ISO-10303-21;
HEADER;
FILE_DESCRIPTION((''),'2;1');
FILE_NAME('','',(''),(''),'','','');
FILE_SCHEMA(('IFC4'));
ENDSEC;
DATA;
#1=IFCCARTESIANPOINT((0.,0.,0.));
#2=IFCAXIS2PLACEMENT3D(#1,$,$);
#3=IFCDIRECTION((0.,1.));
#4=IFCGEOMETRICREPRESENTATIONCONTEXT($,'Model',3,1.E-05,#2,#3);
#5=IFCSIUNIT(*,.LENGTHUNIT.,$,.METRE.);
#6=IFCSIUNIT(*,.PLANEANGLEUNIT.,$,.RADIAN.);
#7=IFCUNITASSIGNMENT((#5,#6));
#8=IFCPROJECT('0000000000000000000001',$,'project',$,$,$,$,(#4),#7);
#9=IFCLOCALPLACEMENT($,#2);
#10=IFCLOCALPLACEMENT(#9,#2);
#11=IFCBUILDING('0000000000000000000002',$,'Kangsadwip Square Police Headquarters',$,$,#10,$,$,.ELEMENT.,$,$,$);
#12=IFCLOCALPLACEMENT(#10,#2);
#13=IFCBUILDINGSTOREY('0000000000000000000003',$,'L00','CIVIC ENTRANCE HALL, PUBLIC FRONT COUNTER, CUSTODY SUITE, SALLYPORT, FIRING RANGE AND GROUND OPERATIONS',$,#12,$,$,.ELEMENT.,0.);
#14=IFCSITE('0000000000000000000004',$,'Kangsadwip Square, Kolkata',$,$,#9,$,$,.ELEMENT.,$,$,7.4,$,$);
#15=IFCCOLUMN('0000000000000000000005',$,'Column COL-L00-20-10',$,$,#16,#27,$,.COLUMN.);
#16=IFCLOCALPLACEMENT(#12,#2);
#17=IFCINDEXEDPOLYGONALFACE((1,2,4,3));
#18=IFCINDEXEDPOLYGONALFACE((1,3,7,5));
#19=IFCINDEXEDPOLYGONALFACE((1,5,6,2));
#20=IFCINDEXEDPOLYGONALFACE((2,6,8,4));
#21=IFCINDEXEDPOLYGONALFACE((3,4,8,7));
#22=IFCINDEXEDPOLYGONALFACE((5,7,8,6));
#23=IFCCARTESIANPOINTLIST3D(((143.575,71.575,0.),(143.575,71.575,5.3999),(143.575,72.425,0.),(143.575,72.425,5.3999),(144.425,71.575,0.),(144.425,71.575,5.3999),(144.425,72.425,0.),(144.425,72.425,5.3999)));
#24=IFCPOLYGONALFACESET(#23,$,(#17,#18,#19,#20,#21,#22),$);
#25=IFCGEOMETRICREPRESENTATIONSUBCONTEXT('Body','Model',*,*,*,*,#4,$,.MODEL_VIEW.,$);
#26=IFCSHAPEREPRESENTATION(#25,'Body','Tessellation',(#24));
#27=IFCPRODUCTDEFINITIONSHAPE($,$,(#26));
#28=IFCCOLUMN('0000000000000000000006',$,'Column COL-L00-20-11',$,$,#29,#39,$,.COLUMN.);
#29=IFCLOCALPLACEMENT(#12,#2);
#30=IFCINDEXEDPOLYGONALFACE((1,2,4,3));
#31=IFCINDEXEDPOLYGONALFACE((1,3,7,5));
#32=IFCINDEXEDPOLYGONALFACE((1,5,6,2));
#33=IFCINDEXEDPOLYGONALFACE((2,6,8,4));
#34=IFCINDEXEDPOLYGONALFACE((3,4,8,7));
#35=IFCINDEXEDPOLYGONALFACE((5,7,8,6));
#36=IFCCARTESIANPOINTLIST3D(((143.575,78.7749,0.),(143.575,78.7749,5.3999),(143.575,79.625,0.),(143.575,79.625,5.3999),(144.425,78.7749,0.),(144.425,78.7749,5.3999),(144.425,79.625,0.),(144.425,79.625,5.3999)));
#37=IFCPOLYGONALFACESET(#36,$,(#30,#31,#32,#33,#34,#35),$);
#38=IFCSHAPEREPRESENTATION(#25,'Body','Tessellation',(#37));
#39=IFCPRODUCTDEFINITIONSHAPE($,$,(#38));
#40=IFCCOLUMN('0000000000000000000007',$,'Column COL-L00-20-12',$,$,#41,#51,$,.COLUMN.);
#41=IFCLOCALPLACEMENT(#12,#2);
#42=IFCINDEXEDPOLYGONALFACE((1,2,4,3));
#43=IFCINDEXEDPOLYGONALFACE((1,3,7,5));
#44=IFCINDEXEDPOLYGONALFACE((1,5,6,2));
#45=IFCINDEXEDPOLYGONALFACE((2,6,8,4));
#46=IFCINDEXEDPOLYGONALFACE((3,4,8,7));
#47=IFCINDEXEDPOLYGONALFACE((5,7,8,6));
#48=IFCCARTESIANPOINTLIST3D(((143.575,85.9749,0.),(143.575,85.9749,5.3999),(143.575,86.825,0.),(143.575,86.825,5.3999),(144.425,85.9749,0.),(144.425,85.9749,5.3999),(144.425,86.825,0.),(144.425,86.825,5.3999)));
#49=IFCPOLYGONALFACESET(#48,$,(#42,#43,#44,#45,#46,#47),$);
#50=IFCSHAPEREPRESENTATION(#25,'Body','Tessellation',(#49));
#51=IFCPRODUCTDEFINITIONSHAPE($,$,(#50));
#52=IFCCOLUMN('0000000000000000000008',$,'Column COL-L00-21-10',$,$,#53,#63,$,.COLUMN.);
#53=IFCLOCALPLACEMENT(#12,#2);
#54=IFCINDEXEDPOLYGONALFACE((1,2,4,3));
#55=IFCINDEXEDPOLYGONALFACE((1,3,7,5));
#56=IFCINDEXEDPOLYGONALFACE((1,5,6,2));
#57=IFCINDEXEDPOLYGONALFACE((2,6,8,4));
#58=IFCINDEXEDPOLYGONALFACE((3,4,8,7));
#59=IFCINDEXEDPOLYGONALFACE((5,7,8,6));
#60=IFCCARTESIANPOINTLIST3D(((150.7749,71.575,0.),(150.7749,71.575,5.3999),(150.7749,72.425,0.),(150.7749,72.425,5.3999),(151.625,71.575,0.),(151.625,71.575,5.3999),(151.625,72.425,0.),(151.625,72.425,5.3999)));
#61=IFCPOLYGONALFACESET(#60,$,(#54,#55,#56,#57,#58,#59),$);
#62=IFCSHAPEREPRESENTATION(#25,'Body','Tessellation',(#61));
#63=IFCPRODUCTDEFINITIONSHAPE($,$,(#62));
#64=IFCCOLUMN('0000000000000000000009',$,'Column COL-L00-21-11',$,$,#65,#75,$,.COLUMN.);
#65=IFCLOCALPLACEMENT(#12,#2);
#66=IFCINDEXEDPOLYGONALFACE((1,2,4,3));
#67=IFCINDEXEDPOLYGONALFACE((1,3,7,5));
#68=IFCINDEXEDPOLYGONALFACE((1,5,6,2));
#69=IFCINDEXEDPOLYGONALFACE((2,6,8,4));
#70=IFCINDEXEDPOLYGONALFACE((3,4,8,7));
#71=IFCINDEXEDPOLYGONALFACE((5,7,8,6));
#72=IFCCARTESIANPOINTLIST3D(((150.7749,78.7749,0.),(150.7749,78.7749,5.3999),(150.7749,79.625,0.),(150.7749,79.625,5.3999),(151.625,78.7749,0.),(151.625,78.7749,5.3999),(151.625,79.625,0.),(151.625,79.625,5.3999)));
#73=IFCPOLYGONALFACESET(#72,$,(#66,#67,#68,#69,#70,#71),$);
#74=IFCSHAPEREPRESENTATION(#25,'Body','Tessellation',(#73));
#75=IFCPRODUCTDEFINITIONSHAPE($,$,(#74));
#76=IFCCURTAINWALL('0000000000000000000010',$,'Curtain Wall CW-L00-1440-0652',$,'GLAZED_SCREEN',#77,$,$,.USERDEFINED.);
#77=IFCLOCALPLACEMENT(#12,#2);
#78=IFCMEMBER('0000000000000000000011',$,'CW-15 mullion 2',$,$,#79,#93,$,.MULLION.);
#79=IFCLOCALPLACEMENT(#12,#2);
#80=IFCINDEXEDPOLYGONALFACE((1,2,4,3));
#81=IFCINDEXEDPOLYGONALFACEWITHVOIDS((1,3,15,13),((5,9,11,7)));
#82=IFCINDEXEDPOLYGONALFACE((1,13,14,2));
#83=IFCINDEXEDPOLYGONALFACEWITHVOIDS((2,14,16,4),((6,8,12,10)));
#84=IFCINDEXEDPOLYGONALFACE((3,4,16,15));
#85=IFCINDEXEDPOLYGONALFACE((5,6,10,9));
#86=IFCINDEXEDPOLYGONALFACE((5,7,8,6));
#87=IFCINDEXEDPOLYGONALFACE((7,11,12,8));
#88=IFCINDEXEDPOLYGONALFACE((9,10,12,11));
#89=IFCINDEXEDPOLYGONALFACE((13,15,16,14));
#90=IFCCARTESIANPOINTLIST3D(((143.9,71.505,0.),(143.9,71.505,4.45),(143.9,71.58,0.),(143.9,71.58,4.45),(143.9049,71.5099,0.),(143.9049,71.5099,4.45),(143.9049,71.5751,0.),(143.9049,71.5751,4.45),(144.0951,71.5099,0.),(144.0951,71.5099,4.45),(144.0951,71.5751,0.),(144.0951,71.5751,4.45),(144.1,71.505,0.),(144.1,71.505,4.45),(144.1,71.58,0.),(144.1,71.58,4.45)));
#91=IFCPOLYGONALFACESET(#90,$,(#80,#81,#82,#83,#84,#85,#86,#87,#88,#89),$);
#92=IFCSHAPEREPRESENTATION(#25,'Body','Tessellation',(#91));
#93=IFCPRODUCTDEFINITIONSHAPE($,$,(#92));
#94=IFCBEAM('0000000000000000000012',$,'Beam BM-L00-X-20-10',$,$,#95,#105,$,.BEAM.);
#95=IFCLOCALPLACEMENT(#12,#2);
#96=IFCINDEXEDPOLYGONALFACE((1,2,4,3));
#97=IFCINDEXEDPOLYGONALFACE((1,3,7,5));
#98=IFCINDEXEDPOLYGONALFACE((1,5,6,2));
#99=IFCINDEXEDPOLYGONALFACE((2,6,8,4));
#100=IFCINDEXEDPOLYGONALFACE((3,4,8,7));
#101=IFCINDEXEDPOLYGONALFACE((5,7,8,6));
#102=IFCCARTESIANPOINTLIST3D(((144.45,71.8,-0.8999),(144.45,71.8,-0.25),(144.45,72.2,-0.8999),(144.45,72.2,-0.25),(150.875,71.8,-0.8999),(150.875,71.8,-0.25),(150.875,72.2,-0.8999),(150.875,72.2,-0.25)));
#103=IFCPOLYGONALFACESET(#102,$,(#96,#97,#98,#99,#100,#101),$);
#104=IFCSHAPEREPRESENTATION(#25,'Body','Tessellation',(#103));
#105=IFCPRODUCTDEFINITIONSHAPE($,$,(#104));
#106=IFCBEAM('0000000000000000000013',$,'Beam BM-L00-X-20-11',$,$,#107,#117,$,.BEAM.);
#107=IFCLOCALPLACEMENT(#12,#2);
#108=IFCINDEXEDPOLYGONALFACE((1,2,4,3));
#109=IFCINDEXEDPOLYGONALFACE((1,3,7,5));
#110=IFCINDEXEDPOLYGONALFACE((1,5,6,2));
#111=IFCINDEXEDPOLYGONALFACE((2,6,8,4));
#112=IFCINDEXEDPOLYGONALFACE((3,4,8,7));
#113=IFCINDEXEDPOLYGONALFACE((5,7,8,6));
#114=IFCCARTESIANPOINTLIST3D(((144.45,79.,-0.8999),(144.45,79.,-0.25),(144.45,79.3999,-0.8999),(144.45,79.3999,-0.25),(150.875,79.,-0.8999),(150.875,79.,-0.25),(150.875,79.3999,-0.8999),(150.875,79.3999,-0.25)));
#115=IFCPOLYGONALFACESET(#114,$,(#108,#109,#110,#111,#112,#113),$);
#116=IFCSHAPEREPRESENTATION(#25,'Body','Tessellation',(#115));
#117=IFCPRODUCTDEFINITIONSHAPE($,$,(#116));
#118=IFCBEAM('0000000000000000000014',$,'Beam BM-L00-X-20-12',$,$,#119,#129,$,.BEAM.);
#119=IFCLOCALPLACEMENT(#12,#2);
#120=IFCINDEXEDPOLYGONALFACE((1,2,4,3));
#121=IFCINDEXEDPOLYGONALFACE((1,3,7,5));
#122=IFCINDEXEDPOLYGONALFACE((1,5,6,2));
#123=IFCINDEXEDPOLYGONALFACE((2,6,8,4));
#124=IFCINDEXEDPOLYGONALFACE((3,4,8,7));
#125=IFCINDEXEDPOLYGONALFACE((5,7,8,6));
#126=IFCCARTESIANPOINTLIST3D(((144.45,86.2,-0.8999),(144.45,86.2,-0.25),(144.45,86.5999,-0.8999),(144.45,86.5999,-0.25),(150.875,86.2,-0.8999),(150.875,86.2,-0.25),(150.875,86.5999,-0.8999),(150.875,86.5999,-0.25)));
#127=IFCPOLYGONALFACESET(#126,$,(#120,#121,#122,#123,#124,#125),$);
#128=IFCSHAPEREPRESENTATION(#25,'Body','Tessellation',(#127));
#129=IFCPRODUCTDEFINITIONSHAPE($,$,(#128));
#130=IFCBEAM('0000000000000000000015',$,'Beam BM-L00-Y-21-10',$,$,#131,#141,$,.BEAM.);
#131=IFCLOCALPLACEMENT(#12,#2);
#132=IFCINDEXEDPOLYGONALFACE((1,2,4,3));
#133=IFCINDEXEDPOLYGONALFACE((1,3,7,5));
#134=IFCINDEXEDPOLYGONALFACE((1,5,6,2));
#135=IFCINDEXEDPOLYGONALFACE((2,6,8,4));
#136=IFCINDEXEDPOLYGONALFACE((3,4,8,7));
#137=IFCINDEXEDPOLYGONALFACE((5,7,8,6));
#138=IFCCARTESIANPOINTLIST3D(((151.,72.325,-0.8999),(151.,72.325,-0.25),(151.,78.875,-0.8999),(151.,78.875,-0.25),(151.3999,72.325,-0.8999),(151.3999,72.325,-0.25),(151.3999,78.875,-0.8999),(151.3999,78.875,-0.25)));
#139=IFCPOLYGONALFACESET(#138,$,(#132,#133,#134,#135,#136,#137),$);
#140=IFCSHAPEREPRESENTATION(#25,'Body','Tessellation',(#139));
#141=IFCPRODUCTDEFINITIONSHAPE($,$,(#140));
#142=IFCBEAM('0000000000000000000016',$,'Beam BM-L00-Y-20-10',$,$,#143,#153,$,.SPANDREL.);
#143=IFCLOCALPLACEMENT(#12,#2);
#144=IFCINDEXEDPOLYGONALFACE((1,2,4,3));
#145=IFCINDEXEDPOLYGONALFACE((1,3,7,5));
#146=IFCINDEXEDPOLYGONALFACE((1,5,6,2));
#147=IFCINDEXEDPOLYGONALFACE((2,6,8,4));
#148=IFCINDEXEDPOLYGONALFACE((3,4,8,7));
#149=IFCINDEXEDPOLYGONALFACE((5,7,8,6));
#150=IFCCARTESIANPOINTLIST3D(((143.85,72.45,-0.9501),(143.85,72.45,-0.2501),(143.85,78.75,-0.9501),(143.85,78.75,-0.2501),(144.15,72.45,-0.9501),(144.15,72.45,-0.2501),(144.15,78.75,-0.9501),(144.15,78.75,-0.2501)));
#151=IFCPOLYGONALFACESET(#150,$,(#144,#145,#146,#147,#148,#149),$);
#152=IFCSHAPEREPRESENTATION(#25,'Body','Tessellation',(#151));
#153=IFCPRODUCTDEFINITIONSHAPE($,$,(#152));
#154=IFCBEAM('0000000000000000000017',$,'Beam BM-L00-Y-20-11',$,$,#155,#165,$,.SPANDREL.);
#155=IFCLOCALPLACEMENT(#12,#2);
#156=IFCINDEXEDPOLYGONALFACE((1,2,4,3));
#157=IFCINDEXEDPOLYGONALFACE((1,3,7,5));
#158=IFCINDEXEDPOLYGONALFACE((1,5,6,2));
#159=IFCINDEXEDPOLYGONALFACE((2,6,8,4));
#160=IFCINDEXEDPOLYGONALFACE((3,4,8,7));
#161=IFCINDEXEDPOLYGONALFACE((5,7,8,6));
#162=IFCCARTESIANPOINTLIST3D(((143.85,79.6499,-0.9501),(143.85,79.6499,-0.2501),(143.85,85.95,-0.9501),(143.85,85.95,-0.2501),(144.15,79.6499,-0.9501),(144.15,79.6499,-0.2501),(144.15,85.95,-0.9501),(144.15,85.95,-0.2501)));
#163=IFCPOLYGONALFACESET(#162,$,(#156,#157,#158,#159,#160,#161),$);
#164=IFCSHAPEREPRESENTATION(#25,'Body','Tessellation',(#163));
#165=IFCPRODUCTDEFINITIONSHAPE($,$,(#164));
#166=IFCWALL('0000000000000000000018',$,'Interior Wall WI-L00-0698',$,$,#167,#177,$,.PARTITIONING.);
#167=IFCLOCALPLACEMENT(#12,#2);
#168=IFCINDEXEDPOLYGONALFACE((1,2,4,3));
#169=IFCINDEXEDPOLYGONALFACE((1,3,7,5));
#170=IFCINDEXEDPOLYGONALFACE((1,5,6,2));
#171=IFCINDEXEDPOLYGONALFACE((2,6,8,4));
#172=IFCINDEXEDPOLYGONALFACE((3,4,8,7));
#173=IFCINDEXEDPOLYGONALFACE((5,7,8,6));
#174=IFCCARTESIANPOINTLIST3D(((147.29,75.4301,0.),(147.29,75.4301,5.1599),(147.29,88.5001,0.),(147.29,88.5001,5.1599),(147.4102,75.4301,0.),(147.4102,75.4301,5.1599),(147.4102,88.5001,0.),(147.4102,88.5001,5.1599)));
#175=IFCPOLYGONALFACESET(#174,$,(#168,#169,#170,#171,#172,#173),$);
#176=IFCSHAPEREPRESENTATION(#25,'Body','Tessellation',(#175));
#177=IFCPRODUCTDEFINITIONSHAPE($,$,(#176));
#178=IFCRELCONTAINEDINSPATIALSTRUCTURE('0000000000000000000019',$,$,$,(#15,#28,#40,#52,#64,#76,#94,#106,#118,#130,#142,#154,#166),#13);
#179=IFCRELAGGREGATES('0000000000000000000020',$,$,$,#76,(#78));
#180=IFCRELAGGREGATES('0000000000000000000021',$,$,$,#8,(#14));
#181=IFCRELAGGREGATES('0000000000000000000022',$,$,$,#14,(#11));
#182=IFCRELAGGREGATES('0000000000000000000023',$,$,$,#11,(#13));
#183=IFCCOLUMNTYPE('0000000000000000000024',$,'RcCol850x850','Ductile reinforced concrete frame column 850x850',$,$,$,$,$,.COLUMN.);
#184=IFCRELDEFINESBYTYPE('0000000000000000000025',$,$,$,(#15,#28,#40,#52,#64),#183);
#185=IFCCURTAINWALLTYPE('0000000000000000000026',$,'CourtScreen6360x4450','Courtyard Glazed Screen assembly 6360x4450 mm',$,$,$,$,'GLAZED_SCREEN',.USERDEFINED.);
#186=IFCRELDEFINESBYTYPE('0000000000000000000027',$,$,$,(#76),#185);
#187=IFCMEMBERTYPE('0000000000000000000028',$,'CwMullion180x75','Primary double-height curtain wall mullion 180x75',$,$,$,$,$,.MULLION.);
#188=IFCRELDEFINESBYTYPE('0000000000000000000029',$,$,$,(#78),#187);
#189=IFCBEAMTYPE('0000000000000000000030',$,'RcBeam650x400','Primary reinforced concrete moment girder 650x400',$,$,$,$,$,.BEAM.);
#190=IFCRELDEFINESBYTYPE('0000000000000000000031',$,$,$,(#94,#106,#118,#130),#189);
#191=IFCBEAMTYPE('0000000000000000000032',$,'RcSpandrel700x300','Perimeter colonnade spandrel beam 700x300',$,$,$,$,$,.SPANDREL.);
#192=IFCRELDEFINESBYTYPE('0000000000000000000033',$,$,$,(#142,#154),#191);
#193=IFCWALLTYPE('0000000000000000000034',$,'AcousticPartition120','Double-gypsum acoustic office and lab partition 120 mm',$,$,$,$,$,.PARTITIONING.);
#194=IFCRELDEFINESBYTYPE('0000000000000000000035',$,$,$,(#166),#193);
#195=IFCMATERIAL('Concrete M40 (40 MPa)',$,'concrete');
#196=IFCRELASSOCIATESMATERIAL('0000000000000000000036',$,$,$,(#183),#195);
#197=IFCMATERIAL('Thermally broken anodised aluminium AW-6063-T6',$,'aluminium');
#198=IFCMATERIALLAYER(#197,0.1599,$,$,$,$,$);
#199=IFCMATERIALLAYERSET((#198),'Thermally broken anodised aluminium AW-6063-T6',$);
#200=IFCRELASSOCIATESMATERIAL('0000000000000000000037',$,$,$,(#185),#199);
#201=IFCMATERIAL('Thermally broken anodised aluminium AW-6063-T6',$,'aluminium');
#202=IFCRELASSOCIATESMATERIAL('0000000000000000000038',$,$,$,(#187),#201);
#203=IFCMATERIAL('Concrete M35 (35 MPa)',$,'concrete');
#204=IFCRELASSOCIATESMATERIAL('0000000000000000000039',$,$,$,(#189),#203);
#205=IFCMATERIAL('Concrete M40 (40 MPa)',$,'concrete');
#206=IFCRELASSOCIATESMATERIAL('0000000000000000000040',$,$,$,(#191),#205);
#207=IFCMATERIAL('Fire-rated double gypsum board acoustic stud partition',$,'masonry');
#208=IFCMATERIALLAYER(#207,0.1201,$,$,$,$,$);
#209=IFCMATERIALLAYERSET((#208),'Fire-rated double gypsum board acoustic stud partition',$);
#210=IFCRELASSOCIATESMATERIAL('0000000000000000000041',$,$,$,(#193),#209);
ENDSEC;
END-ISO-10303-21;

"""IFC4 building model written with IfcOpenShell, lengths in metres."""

from ifc_helpers import new_model, si_unit, direction, frame, frame_2d, origin, origin_2d, place, context, subcontext, project, spatial, rectangle, hollow_rectangle, extrude, material, layer, layer_set, material_profile, profile_set, type_object, element, aggregate, save


model = new_model("IFC4")

# Units and contexts
model_context = context("Model", 3, precision=1e-05, world=origin(), true_north=direction((0.0, 1.0)))
body_context = subcontext(model_context, "Body", "Model", "MODEL_VIEW")
ifc_project = project(units=[si_unit("LENGTHUNIT", "METRE"), si_unit("PLANEANGLEUNIT", "RADIAN")], contexts=[model_context])

# Site, building, storey
site_placement = place(None, origin())
site = spatial("IfcSite", under=ifc_project, at=site_placement, Name="Kangsadwip Square, Kolkata", CompositionType="ELEMENT", RefElevation=7.4)
building_placement = place(site_placement, origin())
building = spatial("IfcBuilding", under=site, at=building_placement, Name="Kangsadwip Square Police Headquarters", CompositionType="ELEMENT")
storey_placement = place(building_placement, origin())
storey = spatial("IfcBuildingStorey", under=building, at=storey_placement, Name="L00", Description="CIVIC ENTRANCE HALL, PUBLIC FRONT COUNTER, CUSTODY SUITE, SALLYPORT, FIRING RANGE AND GROUND OPERATIONS", CompositionType="ELEMENT", Elevation=0.0)

# Columns
ifc_material_1 = material(Name="Concrete M40 (40 MPa)", Category="concrete")
ifc_material_profile_1 = material_profile(ifc_material_1, rectangle(XDim=0.8501, YDim=0.8501, at=origin_2d()), Name="RC COL 850X850")
ifc_profile_set_1 = profile_set([ifc_material_profile_1], Name="Concrete M40 (40 MPa)")
column_type = type_object("IfcColumnType", Name="RcCol850x850", Description="Ductile reinforced concrete frame column 850x850", PredefinedType="COLUMN", material=ifc_profile_set_1)
for number, where, z_axis, x_axis, name in (
    (1, (144.0, 72.0, 0.0), (0.0, 0.0, 1.0), (1.0, 0.0, 0.0), "Column COL-L00-20-10"),
    (2, (144.0, 79.2, 0.0), (0.0, 0.0, 1.0), (1.0, 0.0, 0.0), "Column COL-L00-20-11"),
    (3, (144.0, 86.3999, 0.0), (0.0, 0.0, 1.0), (1.0, 0.0, 0.0), "Column COL-L00-20-12"),
    (4, (151.2, 72.0, 0.0), (0.0, 0.0, 1.0), (1.0, 0.0, 0.0), "Column COL-L00-21-10"),
    (5, (151.2, 79.2, 0.0), (0.0, 0.0, 1.0), (1.0, 0.0, 0.0), "Column COL-L00-21-11"),
):
    element("IfcColumn", number, at=place(storey_placement, frame(where, z_axis=z_axis, x_axis=x_axis)), inside=storey, type_object=column_type, Name=name, PredefinedType="COLUMN", context=body_context, shape_type="SweptSolid", body=[
        extrude(rectangle(XDim=0.8501, YDim=0.8501, at=origin_2d()), origin(), (0.0, 0.0, 1.0), 5.3999),
    ])

# Curtain wall, member
ifc_material_2 = material(Name="Thermally broken anodised aluminium AW-6063-T6", Category="aluminium")
ifc_layer_1 = layer(ifc_material_2, 0.1599)
ifc_layer_set_1 = layer_set([ifc_layer_1], Name="Thermally broken anodised aluminium AW-6063-T6")
curtain_wall_type = type_object("IfcCurtainWallType", Name="CourtScreen6360x4450", Description="Courtyard Glazed Screen assembly 6360x4450 mm", ElementType="GLAZED_SCREEN", PredefinedType="USERDEFINED", material=ifc_layer_set_1)
curtain_wall_placement = place(storey_placement, origin())
curtain_wall = element("IfcCurtainWall", 6, at=curtain_wall_placement, inside=storey, type_object=curtain_wall_type, Name="Curtain Wall CW-L00-1440-0652", ObjectType="GLAZED_SCREEN", PredefinedType="USERDEFINED")
ifc_material_3 = material(Name="Thermally broken anodised aluminium AW-6063-T6", Category="aluminium")
ifc_material_profile_2 = material_profile(ifc_material_3, hollow_rectangle(XDim=0.075, YDim=0.2, WallThickness=0.0049, at=origin_2d()), Name="CWM 200X75X5")
ifc_profile_set_2 = profile_set([ifc_material_profile_2], Name="Thermally broken anodised aluminium AW-6063-T6")
member_type = type_object("IfcMemberType", Name="CwMullion180x75", Description="Primary double-height curtain wall mullion 180x75", PredefinedType="MULLION", material=ifc_profile_set_2)
member_placement = place(storey_placement, frame((144.0, 71.5425, 0.0), z_axis=(0.0, 0.0, 1.0), x_axis=(0.0, 1.0, 0.0)))
member = element("IfcMember", 7, at=member_placement, type_object=member_type, Name="CW-15 mullion 2", PredefinedType="MULLION", context=body_context, shape_type="SweptSolid", body=[
    extrude(hollow_rectangle(XDim=0.075, YDim=0.2, WallThickness=0.0049, at=origin_2d()), origin(), (0.0, 0.0, 1.0), 4.45),
])
aggregate(curtain_wall, [member])

# Beams
ifc_material_4 = material(Name="Concrete M35 (35 MPa)", Category="concrete")
ifc_material_profile_3 = material_profile(ifc_material_4, rectangle(XDim=0.3999, YDim=0.6499, at=origin_2d()), Name="RC BM 650X400")
ifc_profile_set_3 = profile_set([ifc_material_profile_3], Name="Concrete M35 (35 MPa)")
beam_type_1 = type_object("IfcBeamType", Name="RcBeam650x400", Description="Primary reinforced concrete moment girder 650x400", PredefinedType="BEAM", material=ifc_profile_set_3)
for number, where, z_axis, x_axis, name in (
    (8, (144.45, 72.0, -0.575), (1.0, 0.0, 0.0), (0.0, 1.0, 0.0), "Beam BM-L00-X-20-10"),
    (9, (144.45, 79.2, -0.575), (1.0, 0.0, 0.0), (0.0, 1.0, 0.0), "Beam BM-L00-X-20-11"),
    (10, (144.45, 86.3999, -0.575), (1.0, 0.0, 0.0), (0.0, 1.0, 0.0), "Beam BM-L00-X-20-12"),
):
    element("IfcBeam", number, at=place(storey_placement, frame(where, z_axis=z_axis, x_axis=x_axis)), inside=storey, type_object=beam_type_1, Name=name, PredefinedType="BEAM", context=body_context, shape_type="SweptSolid", body=[
        extrude(rectangle(XDim=0.3999, YDim=0.6499, at=origin_2d()), origin(), (0.0, 0.0, 1.0), 6.425),
    ])
beam_placement = place(storey_placement, frame((151.2, 72.325, -0.575), z_axis=(0.0, 1.0, 0.0), x_axis=(-1.0, 0.0, 0.0)))
element("IfcBeam", 11, at=beam_placement, inside=storey, type_object=beam_type_1, Name="Beam BM-L00-Y-21-10", PredefinedType="BEAM", context=body_context, shape_type="SweptSolid", body=[
    extrude(rectangle(XDim=0.3999, YDim=0.6499, at=origin_2d()), origin(), (0.0, 0.0, 1.0), 6.55),
])
ifc_material_5 = material(Name="Concrete M40 (40 MPa)", Category="concrete")
ifc_material_profile_4 = material_profile(ifc_material_5, rectangle(XDim=0.3, YDim=0.7, at=origin_2d()), Name="RC SPN 700X300")
ifc_profile_set_4 = profile_set([ifc_material_profile_4], Name="Concrete M40 (40 MPa)")
beam_type_2 = type_object("IfcBeamType", Name="RcSpandrel700x300", Description="Perimeter colonnade spandrel beam 700x300", PredefinedType="SPANDREL", material=ifc_profile_set_4)
for number, where, z_axis, x_axis, name in (
    (12, (144.0, 72.45, -0.6001), (0.0, 1.0, 0.0), (-1.0, 0.0, 0.0), "Beam BM-L00-Y-20-10"),
    (13, (144.0, 79.6499, -0.6001), (0.0, 1.0, 0.0), (-1.0, 0.0, 0.0), "Beam BM-L00-Y-20-11"),
):
    element("IfcBeam", number, at=place(storey_placement, frame(where, z_axis=z_axis, x_axis=x_axis)), inside=storey, type_object=beam_type_2, Name=name, PredefinedType="SPANDREL", context=body_context, shape_type="SweptSolid", body=[
        extrude(rectangle(XDim=0.3, YDim=0.7, at=origin_2d()), origin(), (0.0, 0.0, 1.0), 6.3),
    ])

# Wall
ifc_material_6 = material(Name="Fire-rated double gypsum board acoustic stud partition", Category="masonry")
ifc_layer_2 = layer(ifc_material_6, 0.1201)
ifc_layer_set_2 = layer_set([ifc_layer_2], Name="Fire-rated double gypsum board acoustic stud partition")
wall_type_1 = type_object("IfcWallType", Name="AcousticPartition120", Description="Double-gypsum acoustic office and lab partition 120 mm", PredefinedType="PARTITIONING", material=ifc_layer_set_2)
wall_1_placement = place(storey_placement, frame((147.3501, 75.4299, 0.0), z_axis=(0.0, 0.0, 1.0), x_axis=(0.0, 1.0, 0.0)))
element("IfcWall", 14, at=wall_1_placement, inside=storey, type_object=wall_type_1, Name="Interior Wall WI-L00-0698", PredefinedType="PARTITIONING", context=body_context, shape_type="SweptSolid", body=[
    extrude(rectangle(XDim=13.0701, YDim=0.1201, at=frame_2d((6.5352, 0.0))), origin(), (0.0, 0.0, 1.0), 5.1599),
])

save(model, "model.ifc")
